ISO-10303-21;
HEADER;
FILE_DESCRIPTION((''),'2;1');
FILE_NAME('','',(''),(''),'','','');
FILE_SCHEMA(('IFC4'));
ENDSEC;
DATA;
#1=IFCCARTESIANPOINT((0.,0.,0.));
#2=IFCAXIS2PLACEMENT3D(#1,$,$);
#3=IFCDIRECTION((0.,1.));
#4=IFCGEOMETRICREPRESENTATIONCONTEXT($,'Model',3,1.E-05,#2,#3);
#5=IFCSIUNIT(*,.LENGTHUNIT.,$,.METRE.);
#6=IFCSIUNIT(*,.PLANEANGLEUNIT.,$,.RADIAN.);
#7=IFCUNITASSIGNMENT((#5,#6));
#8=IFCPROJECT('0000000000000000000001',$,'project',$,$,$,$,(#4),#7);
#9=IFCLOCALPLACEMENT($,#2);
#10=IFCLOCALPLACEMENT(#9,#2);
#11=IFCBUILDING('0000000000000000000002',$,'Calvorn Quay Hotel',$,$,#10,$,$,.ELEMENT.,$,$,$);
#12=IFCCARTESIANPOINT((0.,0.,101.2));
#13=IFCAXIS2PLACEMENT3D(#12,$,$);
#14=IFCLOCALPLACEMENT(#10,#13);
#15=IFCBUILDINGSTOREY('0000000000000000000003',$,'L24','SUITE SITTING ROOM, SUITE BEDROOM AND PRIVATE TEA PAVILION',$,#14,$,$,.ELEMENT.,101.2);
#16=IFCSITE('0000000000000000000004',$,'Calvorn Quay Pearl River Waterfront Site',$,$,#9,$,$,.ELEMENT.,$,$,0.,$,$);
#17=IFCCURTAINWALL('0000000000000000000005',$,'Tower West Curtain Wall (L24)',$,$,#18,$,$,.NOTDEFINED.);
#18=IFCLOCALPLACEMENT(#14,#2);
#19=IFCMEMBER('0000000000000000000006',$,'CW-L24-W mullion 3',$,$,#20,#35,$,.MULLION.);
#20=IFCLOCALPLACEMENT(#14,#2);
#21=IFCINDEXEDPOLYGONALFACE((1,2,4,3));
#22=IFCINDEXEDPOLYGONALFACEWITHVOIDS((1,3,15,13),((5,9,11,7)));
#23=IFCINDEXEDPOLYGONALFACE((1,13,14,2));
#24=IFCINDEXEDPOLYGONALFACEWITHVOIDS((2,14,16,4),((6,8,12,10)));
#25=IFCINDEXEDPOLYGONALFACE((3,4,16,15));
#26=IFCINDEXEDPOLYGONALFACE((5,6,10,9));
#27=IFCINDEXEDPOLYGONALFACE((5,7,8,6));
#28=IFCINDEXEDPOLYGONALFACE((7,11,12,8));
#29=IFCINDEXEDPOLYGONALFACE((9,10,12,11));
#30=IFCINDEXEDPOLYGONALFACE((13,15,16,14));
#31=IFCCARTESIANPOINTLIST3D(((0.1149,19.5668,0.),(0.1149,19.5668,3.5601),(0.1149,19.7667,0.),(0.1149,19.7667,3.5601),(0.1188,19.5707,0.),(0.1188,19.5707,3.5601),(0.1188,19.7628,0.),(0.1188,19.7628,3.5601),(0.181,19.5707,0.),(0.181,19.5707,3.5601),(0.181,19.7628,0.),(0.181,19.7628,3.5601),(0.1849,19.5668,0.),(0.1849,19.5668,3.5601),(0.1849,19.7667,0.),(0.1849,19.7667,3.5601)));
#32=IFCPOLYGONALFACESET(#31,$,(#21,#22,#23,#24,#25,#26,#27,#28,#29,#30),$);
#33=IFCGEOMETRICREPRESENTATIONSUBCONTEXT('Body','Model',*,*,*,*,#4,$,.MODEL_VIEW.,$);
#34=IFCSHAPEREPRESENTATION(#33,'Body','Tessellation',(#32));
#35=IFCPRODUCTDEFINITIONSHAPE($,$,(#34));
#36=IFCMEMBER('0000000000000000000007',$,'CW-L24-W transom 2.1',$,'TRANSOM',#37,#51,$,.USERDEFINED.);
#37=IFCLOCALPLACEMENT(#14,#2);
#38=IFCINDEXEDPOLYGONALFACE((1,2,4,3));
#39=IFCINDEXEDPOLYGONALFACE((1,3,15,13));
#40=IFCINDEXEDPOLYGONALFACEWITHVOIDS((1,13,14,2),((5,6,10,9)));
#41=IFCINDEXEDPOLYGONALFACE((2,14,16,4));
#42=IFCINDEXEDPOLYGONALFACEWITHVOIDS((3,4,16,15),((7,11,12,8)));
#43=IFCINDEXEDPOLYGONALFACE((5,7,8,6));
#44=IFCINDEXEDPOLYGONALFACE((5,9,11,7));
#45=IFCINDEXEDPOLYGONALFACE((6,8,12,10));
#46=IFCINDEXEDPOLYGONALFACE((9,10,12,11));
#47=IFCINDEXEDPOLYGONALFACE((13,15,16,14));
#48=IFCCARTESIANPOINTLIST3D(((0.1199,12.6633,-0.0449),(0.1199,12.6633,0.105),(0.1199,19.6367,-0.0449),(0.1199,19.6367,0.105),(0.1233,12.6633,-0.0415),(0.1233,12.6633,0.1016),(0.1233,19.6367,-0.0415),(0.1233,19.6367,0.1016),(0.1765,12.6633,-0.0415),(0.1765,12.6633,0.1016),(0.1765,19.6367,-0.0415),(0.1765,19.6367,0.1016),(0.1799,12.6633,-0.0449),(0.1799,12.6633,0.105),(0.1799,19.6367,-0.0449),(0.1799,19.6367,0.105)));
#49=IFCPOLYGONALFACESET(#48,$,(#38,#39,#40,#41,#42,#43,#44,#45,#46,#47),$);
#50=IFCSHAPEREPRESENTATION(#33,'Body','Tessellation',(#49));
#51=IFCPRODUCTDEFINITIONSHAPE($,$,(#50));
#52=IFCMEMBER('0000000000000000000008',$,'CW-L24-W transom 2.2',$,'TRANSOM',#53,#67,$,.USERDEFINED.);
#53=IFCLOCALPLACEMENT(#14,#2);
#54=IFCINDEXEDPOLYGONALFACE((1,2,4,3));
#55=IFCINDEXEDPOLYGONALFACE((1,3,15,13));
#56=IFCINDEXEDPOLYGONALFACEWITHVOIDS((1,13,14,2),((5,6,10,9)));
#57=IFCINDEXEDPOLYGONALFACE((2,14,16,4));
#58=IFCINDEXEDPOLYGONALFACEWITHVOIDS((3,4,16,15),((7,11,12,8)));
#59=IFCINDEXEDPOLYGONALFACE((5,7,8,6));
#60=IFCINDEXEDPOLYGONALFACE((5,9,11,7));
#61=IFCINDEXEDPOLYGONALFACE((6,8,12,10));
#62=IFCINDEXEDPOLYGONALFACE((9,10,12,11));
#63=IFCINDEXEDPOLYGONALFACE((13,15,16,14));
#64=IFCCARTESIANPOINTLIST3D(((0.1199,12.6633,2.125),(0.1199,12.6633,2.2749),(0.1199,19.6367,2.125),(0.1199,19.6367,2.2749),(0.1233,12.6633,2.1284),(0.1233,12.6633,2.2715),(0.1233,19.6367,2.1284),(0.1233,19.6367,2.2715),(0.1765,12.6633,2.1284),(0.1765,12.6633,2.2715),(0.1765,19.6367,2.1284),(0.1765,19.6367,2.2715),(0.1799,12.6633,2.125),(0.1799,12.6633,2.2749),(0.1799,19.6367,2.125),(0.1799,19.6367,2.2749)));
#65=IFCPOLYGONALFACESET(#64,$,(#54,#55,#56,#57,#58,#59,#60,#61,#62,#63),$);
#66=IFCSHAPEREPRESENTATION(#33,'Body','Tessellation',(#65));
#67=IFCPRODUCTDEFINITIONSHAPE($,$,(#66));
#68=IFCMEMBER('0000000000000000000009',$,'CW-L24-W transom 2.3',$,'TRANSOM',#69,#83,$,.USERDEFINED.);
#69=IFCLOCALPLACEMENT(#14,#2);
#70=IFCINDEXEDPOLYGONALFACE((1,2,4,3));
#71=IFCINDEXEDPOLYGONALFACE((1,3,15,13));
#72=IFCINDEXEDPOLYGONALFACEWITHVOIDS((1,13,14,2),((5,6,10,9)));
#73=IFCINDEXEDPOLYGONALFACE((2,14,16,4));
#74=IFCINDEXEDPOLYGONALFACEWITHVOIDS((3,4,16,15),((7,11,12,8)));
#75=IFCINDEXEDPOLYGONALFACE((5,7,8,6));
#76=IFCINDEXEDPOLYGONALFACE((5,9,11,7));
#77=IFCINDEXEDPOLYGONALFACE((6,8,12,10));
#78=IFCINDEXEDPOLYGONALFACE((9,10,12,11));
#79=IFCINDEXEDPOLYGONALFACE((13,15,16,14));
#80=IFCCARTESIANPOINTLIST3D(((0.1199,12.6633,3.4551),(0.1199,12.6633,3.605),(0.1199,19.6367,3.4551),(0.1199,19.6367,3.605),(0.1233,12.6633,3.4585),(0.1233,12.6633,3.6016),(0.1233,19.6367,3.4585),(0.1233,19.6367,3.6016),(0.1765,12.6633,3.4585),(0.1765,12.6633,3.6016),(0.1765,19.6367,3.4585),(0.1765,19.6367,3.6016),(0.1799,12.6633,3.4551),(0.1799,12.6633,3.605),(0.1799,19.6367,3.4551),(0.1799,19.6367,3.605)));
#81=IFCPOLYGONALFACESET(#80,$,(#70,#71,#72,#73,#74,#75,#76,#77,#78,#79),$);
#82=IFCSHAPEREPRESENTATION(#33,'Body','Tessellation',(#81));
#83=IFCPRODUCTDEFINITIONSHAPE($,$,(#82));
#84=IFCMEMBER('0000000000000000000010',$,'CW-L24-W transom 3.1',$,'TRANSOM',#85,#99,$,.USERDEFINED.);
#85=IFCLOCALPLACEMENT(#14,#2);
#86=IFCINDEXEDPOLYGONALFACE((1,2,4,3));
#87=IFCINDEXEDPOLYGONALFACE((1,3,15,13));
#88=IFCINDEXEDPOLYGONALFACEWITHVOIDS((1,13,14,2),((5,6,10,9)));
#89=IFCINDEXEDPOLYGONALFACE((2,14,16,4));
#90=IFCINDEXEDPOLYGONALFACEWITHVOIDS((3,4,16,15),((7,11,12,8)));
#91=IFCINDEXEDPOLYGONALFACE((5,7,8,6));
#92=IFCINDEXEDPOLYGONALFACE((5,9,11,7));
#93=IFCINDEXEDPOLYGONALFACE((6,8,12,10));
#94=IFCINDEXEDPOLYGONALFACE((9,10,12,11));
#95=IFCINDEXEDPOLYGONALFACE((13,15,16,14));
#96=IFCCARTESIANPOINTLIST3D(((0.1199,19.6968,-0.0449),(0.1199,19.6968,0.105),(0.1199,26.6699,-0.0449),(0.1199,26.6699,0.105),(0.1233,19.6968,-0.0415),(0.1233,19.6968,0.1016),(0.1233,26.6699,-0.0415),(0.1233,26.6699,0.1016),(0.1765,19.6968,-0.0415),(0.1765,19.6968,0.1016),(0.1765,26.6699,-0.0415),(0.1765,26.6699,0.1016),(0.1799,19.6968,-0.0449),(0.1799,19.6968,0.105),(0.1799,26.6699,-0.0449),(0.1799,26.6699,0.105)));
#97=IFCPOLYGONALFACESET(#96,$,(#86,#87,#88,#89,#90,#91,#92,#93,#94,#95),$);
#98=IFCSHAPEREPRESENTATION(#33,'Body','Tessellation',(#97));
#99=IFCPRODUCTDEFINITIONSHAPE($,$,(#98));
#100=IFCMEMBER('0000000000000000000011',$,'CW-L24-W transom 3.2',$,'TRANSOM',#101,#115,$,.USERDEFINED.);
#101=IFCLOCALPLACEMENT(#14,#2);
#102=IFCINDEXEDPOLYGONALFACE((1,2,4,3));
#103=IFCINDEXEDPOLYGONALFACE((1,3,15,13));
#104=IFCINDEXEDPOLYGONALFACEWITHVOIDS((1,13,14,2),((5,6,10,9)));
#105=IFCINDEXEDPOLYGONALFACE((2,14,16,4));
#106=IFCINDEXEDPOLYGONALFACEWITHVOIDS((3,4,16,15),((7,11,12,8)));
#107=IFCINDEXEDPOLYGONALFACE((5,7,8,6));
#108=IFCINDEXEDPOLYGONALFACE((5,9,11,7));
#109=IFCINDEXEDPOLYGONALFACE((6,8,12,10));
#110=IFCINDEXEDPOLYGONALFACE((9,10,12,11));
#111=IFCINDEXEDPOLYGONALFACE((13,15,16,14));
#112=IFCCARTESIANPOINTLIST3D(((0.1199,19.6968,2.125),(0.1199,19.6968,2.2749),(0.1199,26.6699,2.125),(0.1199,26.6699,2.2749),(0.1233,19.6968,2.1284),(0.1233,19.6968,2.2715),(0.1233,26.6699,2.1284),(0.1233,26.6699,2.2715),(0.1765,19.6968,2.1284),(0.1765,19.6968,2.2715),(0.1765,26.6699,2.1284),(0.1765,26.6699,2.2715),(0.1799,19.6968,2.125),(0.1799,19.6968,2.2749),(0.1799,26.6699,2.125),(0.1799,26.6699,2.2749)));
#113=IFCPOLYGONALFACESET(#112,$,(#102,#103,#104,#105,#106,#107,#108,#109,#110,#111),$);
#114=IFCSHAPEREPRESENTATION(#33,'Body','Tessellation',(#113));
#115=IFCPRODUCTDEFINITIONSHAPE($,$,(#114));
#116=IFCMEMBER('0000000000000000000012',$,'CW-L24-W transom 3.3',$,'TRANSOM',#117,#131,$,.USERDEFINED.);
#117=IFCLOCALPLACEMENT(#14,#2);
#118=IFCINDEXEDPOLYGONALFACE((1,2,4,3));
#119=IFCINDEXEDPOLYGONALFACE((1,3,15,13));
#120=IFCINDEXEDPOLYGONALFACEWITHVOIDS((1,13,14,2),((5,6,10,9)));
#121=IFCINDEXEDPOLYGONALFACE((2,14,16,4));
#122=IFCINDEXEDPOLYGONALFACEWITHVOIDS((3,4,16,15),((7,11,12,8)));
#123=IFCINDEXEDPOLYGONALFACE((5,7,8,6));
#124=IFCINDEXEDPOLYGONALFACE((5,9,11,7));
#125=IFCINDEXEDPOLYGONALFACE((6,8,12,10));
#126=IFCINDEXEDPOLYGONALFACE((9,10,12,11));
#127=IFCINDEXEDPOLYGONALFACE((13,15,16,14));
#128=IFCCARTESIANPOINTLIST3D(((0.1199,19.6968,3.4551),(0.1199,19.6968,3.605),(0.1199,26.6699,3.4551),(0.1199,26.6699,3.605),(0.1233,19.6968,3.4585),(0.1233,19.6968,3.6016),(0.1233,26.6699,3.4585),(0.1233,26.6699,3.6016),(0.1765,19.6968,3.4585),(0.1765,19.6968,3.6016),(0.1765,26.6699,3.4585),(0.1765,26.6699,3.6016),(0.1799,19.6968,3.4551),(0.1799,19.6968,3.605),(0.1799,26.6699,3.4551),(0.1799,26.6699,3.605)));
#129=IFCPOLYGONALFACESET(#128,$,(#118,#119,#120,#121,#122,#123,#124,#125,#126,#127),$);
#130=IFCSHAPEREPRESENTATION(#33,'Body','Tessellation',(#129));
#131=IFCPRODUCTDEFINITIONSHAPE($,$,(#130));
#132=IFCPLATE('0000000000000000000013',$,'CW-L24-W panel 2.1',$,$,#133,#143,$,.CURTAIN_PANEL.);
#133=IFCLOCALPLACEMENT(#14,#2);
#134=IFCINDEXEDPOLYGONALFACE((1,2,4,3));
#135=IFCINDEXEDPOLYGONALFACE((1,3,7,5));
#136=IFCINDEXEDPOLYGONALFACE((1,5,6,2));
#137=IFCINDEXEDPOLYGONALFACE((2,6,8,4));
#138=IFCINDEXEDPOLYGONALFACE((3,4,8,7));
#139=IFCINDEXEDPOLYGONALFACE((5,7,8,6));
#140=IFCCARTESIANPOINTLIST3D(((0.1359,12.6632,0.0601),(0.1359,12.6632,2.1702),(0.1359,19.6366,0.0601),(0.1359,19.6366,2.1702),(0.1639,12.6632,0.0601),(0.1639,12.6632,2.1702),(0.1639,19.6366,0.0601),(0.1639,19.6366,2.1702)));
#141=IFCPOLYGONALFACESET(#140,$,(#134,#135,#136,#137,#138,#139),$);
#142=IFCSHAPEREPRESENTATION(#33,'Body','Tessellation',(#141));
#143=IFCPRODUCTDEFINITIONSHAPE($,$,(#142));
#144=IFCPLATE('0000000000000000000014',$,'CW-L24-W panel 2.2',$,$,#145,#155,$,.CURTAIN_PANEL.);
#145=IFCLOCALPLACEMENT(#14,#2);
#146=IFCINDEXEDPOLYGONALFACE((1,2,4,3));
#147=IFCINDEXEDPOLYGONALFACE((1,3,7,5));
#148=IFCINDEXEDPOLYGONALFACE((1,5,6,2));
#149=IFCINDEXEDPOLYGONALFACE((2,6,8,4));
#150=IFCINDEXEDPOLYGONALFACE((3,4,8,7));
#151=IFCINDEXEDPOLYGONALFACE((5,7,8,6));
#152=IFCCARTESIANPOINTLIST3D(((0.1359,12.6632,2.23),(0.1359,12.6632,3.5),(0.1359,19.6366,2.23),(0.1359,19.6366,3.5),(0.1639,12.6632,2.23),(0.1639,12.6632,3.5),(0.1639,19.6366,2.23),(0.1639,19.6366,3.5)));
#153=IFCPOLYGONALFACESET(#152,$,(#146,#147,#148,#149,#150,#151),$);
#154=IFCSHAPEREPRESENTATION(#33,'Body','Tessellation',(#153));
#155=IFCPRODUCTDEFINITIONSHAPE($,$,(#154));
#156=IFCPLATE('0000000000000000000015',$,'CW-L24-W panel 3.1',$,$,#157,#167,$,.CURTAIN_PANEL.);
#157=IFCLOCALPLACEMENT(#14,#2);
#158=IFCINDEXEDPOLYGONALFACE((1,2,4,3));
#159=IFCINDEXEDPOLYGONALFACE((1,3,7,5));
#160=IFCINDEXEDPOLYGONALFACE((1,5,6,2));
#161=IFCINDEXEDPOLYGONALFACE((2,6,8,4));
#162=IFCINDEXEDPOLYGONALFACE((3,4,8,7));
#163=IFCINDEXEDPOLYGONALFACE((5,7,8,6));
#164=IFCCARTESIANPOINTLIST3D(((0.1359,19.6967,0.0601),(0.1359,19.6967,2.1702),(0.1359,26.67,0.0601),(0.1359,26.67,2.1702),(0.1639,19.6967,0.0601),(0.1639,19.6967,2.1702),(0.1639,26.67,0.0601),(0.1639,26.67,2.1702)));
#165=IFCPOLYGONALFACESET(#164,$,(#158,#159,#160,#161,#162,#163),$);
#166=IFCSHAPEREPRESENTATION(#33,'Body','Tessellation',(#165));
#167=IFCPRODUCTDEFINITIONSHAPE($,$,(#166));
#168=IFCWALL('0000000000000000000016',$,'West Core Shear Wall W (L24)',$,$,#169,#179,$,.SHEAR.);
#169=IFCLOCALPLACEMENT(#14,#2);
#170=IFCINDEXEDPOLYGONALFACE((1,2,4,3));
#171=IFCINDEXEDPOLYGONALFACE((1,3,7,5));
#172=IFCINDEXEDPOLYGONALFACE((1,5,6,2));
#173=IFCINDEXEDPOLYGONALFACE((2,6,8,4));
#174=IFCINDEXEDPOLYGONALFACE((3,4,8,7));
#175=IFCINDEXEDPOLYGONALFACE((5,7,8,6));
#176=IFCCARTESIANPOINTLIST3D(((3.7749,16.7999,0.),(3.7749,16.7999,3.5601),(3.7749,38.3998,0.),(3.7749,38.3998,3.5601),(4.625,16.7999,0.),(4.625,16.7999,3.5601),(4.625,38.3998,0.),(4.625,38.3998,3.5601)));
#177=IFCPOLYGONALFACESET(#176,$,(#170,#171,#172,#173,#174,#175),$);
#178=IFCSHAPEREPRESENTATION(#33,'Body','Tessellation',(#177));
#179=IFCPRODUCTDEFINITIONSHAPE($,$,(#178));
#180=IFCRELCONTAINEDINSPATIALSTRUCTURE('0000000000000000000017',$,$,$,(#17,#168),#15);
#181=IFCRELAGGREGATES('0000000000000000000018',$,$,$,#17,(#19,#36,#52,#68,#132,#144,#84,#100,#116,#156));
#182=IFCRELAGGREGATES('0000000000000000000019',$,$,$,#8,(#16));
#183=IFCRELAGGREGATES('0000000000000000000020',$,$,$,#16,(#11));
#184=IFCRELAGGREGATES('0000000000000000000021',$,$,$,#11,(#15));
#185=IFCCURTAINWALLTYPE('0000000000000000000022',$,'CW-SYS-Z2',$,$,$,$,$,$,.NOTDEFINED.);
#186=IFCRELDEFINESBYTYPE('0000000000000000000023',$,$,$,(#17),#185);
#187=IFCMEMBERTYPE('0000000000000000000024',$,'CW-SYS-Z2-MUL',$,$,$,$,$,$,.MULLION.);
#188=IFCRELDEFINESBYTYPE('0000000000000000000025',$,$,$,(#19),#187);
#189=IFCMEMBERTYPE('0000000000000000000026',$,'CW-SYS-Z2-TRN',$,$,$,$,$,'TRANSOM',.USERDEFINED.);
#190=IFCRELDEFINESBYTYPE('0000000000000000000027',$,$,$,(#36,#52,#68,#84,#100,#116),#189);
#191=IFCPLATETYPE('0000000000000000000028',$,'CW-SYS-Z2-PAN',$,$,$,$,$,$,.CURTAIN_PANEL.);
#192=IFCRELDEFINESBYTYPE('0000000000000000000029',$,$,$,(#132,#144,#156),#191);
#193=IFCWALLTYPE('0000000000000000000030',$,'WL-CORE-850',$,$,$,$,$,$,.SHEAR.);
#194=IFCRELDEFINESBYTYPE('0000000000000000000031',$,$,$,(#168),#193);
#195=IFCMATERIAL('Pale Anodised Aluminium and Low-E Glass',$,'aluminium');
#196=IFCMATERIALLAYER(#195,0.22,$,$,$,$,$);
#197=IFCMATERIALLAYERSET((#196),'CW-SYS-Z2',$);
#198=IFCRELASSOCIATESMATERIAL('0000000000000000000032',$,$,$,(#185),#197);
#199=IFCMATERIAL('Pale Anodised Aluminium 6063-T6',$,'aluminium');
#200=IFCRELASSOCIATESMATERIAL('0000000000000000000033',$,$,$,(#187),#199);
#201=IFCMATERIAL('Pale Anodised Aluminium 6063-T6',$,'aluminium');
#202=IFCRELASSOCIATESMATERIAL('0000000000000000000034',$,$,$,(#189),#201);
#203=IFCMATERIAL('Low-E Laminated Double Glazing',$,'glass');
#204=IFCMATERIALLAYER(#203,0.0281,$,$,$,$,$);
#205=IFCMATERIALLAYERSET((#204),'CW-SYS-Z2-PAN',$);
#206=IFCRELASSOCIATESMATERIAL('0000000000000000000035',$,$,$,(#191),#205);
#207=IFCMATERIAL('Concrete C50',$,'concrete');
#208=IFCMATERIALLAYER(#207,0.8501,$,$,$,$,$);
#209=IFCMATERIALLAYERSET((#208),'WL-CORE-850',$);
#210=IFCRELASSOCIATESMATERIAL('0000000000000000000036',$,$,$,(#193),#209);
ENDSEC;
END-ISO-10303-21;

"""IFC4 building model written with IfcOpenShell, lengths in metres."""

from ifc_helpers import new_model, si_unit, direction, frame, frame_2d, origin, origin_2d, place, context, subcontext, project, spatial, rectangle, hollow_rectangle, extrude, material, layer, layer_set, material_profile, profile_set, type_object, element, aggregate, save


model = new_model("IFC4")

# Units and contexts
model_context = context("Model", 3, precision=1e-05, world=origin(), true_north=direction((0.0, 1.0)))
body_context = subcontext(model_context, "Body", "Model", "MODEL_VIEW")
ifc_project = project(units=[si_unit("LENGTHUNIT", "METRE"), si_unit("PLANEANGLEUNIT", "RADIAN")], contexts=[model_context])

# Site, building, storey
site_placement = place(None, origin())
site = spatial("IfcSite", under=ifc_project, at=site_placement, Name="Calvorn Quay Pearl River Waterfront Site", CompositionType="ELEMENT", RefElevation=0.0)
building_placement = place(site_placement, origin())
building = spatial("IfcBuilding", under=site, at=building_placement, Name="Calvorn Quay Hotel", CompositionType="ELEMENT")
storey_placement = place(building_placement, frame((0.0, 0.0, 101.2)))
storey = spatial("IfcBuildingStorey", under=building, at=storey_placement, Name="L24", Description="SUITE SITTING ROOM, SUITE BEDROOM AND PRIVATE TEA PAVILION", CompositionType="ELEMENT", Elevation=101.2)

# Curtain wall, members, plates
ifc_material_1 = material(Name="Pale Anodised Aluminium and Low-E Glass", Category="aluminium")
ifc_layer_1 = layer(ifc_material_1, 0.22)
ifc_layer_set_1 = layer_set([ifc_layer_1], Name="CW-SYS-Z2")
curtain_wall_type = type_object("IfcCurtainWallType", Name="CW-SYS-Z2", PredefinedType="NOTDEFINED", material=ifc_layer_set_1)
curtain_wall_placement = place(storey_placement, origin())
curtain_wall = element("IfcCurtainWall", 1, at=curtain_wall_placement, inside=storey, type_object=curtain_wall_type, Name="Tower West Curtain Wall (L24)", PredefinedType="NOTDEFINED")
ifc_material_2 = material(Name="Pale Anodised Aluminium 6063-T6", Category="aluminium")
ifc_material_profile_1 = material_profile(ifc_material_2, hollow_rectangle(XDim=0.0701, YDim=0.2, WallThickness=0.0039, at=origin_2d()), Name="ALU-M200x70x4")
ifc_profile_set_1 = profile_set([ifc_material_profile_1], Name="Pale Anodised Aluminium 6063-T6")
member_type_1 = type_object("IfcMemberType", Name="CW-SYS-Z2-MUL", PredefinedType="MULLION", material=ifc_profile_set_1)
member_1_placement = place(storey_placement, frame((0.1499, 19.6667, 0.0), z_axis=(0.0, 0.0, 1.0), x_axis=(-1.0, 0.0, 0.0)))
member_1 = element("IfcMember", 2, at=member_1_placement, type_object=member_type_1, Name="CW-L24-W mullion 3", PredefinedType="MULLION", context=body_context, shape_type="SweptSolid", body=[
    extrude(hollow_rectangle(XDim=0.0701, YDim=0.2, WallThickness=0.0039, at=origin_2d()), origin(), (0.0, 0.0, 1.0), 3.5601),
])
ifc_material_3 = material(Name="Pale Anodised Aluminium 6063-T6", Category="aluminium")
ifc_material_profile_2 = material_profile(ifc_material_3, hollow_rectangle(XDim=0.0601, YDim=0.1499, WallThickness=0.0034, at=origin_2d()), Name="ALU-T150x60x3.5")
ifc_profile_set_2 = profile_set([ifc_material_profile_2], Name="Pale Anodised Aluminium 6063-T6")
member_type_2 = type_object("IfcMemberType", Name="CW-SYS-Z2-TRN", ElementType="TRANSOM", PredefinedType="USERDEFINED", material=ifc_profile_set_2)
member_2_placement = place(storey_placement, frame((0.1499, 12.6633, 0.03), z_axis=(0.0, 1.0, 0.0), x_axis=(-1.0, 0.0, 0.0)))
member_2 = element("IfcMember", 3, at=member_2_placement, type_object=member_type_2, Name="CW-L24-W transom 2.1", ObjectType="TRANSOM", PredefinedType="USERDEFINED", context=body_context, shape_type="SweptSolid", body=[
    extrude(hollow_rectangle(XDim=0.0601, YDim=0.1499, WallThickness=0.0034, at=origin_2d()), origin(), (0.0, 0.0, 1.0), 6.9734),
])
member_3_placement = place(storey_placement, frame((0.1499, 12.6633, 2.2), z_axis=(0.0, 1.0, 0.0), x_axis=(-1.0, 0.0, 0.0)))
member_3 = element("IfcMember", 4, at=member_3_placement, type_object=member_type_2, Name="CW-L24-W transom 2.2", ObjectType="TRANSOM", PredefinedType="USERDEFINED", context=body_context, shape_type="SweptSolid", body=[
    extrude(hollow_rectangle(XDim=0.0601, YDim=0.1499, WallThickness=0.0034, at=origin_2d()), origin(), (0.0, 0.0, 1.0), 6.9734),
])
member_4_placement = place(storey_placement, frame((0.1499, 12.6633, 3.53), z_axis=(0.0, 1.0, 0.0), x_axis=(-1.0, 0.0, 0.0)))
member_4 = element("IfcMember", 5, at=member_4_placement, type_object=member_type_2, Name="CW-L24-W transom 2.3", ObjectType="TRANSOM", PredefinedType="USERDEFINED", context=body_context, shape_type="SweptSolid", body=[
    extrude(hollow_rectangle(XDim=0.0601, YDim=0.1499, WallThickness=0.0034, at=origin_2d()), origin(), (0.0, 0.0, 1.0), 6.9734),
])
member_5_placement = place(storey_placement, frame((0.1499, 19.6968, 0.03), z_axis=(0.0, 1.0, 0.0), x_axis=(-1.0, 0.0, 0.0)))
member_5 = element("IfcMember", 6, at=member_5_placement, type_object=member_type_2, Name="CW-L24-W transom 3.1", ObjectType="TRANSOM", PredefinedType="USERDEFINED", context=body_context, shape_type="SweptSolid", body=[
    extrude(hollow_rectangle(XDim=0.0601, YDim=0.1499, WallThickness=0.0034, at=origin_2d()), origin(), (0.0, 0.0, 1.0), 6.9731),
])
member_6_placement = place(storey_placement, frame((0.1499, 19.6968, 2.2), z_axis=(0.0, 1.0, 0.0), x_axis=(-1.0, 0.0, 0.0)))
member_6 = element("IfcMember", 7, at=member_6_placement, type_object=member_type_2, Name="CW-L24-W transom 3.2", ObjectType="TRANSOM", PredefinedType="USERDEFINED", context=body_context, shape_type="SweptSolid", body=[
    extrude(hollow_rectangle(XDim=0.0601, YDim=0.1499, WallThickness=0.0034, at=origin_2d()), origin(), (0.0, 0.0, 1.0), 6.9731),
])
member_7_placement = place(storey_placement, frame((0.1499, 19.6968, 3.53), z_axis=(0.0, 1.0, 0.0), x_axis=(-1.0, 0.0, 0.0)))
member_7 = element("IfcMember", 8, at=member_7_placement, type_object=member_type_2, Name="CW-L24-W transom 3.3", ObjectType="TRANSOM", PredefinedType="USERDEFINED", context=body_context, shape_type="SweptSolid", body=[
    extrude(hollow_rectangle(XDim=0.0601, YDim=0.1499, WallThickness=0.0034, at=origin_2d()), origin(), (0.0, 0.0, 1.0), 6.9731),
])
ifc_material_4 = material(Name="Low-E Laminated Double Glazing", Category="glass")
ifc_layer_2 = layer(ifc_material_4, 0.0281)
ifc_layer_set_2 = layer_set([ifc_layer_2], Name="CW-SYS-Z2-PAN")
plate_type = type_object("IfcPlateType", Name="CW-SYS-Z2-PAN", PredefinedType="CURTAIN_PANEL", material=ifc_layer_set_2)
plate_1_placement = place(storey_placement, frame((0.1499, 16.1499, 0.0601), z_axis=(0.0, 0.0, 1.0), x_axis=(0.0, 1.0, 0.0)))
plate_1 = element("IfcPlate", 9, at=plate_1_placement, type_object=plate_type, Name="CW-L24-W panel 2.1", PredefinedType="CURTAIN_PANEL", context=body_context, shape_type="SweptSolid", body=[
    extrude(rectangle(XDim=6.9734, YDim=0.0281, at=origin_2d()), origin(), (0.0, 0.0, 1.0), 2.1101),
])
plate_2_placement = place(storey_placement, frame((0.1499, 16.1499, 2.23), z_axis=(0.0, 0.0, 1.0), x_axis=(0.0, 1.0, 0.0)))
plate_2 = element("IfcPlate", 10, at=plate_2_placement, type_object=plate_type, Name="CW-L24-W panel 2.2", PredefinedType="CURTAIN_PANEL", context=body_context, shape_type="SweptSolid", body=[
    extrude(rectangle(XDim=6.9734, YDim=0.0281, at=origin_2d()), origin(), (0.0, 0.0, 1.0), 1.27),
])
plate_3_placement = place(storey_placement, frame((0.1499, 23.1833, 0.0601), z_axis=(0.0, 0.0, 1.0), x_axis=(0.0, 1.0, 0.0)))
plate_3 = element("IfcPlate", 11, at=plate_3_placement, type_object=plate_type, Name="CW-L24-W panel 3.1", PredefinedType="CURTAIN_PANEL", context=body_context, shape_type="SweptSolid", body=[
    extrude(rectangle(XDim=6.9734, YDim=0.0281, at=origin_2d()), origin(), (0.0, 0.0, 1.0), 2.1101),
])
aggregate(curtain_wall, [member_1, member_2, member_3, member_4, plate_1, plate_2, member_5, member_6, member_7, plate_3])

# Wall
ifc_material_5 = material(Name="Concrete C50", Category="concrete")
ifc_layer_3 = layer(ifc_material_5, 0.8501)
ifc_layer_set_3 = layer_set([ifc_layer_3], Name="WL-CORE-850")
wall_type_1 = type_object("IfcWallType", Name="WL-CORE-850", PredefinedType="SHEAR", material=ifc_layer_set_3)
wall_1_placement = place(storey_placement, frame((4.2, 16.8, 0.0), z_axis=(0.0, 0.0, 1.0), x_axis=(0.0, 1.0, 0.0)))
element("IfcWall", 12, at=wall_1_placement, inside=storey, type_object=wall_type_1, Name="West Core Shear Wall W (L24)", PredefinedType="SHEAR", context=body_context, shape_type="SweptSolid", body=[
    extrude(rectangle(XDim=21.5999, YDim=0.8501, at=frame_2d((10.7998, 0.0))), origin(), (0.0, 0.0, 1.0), 3.5601),
])

save(model, "model.ifc")
